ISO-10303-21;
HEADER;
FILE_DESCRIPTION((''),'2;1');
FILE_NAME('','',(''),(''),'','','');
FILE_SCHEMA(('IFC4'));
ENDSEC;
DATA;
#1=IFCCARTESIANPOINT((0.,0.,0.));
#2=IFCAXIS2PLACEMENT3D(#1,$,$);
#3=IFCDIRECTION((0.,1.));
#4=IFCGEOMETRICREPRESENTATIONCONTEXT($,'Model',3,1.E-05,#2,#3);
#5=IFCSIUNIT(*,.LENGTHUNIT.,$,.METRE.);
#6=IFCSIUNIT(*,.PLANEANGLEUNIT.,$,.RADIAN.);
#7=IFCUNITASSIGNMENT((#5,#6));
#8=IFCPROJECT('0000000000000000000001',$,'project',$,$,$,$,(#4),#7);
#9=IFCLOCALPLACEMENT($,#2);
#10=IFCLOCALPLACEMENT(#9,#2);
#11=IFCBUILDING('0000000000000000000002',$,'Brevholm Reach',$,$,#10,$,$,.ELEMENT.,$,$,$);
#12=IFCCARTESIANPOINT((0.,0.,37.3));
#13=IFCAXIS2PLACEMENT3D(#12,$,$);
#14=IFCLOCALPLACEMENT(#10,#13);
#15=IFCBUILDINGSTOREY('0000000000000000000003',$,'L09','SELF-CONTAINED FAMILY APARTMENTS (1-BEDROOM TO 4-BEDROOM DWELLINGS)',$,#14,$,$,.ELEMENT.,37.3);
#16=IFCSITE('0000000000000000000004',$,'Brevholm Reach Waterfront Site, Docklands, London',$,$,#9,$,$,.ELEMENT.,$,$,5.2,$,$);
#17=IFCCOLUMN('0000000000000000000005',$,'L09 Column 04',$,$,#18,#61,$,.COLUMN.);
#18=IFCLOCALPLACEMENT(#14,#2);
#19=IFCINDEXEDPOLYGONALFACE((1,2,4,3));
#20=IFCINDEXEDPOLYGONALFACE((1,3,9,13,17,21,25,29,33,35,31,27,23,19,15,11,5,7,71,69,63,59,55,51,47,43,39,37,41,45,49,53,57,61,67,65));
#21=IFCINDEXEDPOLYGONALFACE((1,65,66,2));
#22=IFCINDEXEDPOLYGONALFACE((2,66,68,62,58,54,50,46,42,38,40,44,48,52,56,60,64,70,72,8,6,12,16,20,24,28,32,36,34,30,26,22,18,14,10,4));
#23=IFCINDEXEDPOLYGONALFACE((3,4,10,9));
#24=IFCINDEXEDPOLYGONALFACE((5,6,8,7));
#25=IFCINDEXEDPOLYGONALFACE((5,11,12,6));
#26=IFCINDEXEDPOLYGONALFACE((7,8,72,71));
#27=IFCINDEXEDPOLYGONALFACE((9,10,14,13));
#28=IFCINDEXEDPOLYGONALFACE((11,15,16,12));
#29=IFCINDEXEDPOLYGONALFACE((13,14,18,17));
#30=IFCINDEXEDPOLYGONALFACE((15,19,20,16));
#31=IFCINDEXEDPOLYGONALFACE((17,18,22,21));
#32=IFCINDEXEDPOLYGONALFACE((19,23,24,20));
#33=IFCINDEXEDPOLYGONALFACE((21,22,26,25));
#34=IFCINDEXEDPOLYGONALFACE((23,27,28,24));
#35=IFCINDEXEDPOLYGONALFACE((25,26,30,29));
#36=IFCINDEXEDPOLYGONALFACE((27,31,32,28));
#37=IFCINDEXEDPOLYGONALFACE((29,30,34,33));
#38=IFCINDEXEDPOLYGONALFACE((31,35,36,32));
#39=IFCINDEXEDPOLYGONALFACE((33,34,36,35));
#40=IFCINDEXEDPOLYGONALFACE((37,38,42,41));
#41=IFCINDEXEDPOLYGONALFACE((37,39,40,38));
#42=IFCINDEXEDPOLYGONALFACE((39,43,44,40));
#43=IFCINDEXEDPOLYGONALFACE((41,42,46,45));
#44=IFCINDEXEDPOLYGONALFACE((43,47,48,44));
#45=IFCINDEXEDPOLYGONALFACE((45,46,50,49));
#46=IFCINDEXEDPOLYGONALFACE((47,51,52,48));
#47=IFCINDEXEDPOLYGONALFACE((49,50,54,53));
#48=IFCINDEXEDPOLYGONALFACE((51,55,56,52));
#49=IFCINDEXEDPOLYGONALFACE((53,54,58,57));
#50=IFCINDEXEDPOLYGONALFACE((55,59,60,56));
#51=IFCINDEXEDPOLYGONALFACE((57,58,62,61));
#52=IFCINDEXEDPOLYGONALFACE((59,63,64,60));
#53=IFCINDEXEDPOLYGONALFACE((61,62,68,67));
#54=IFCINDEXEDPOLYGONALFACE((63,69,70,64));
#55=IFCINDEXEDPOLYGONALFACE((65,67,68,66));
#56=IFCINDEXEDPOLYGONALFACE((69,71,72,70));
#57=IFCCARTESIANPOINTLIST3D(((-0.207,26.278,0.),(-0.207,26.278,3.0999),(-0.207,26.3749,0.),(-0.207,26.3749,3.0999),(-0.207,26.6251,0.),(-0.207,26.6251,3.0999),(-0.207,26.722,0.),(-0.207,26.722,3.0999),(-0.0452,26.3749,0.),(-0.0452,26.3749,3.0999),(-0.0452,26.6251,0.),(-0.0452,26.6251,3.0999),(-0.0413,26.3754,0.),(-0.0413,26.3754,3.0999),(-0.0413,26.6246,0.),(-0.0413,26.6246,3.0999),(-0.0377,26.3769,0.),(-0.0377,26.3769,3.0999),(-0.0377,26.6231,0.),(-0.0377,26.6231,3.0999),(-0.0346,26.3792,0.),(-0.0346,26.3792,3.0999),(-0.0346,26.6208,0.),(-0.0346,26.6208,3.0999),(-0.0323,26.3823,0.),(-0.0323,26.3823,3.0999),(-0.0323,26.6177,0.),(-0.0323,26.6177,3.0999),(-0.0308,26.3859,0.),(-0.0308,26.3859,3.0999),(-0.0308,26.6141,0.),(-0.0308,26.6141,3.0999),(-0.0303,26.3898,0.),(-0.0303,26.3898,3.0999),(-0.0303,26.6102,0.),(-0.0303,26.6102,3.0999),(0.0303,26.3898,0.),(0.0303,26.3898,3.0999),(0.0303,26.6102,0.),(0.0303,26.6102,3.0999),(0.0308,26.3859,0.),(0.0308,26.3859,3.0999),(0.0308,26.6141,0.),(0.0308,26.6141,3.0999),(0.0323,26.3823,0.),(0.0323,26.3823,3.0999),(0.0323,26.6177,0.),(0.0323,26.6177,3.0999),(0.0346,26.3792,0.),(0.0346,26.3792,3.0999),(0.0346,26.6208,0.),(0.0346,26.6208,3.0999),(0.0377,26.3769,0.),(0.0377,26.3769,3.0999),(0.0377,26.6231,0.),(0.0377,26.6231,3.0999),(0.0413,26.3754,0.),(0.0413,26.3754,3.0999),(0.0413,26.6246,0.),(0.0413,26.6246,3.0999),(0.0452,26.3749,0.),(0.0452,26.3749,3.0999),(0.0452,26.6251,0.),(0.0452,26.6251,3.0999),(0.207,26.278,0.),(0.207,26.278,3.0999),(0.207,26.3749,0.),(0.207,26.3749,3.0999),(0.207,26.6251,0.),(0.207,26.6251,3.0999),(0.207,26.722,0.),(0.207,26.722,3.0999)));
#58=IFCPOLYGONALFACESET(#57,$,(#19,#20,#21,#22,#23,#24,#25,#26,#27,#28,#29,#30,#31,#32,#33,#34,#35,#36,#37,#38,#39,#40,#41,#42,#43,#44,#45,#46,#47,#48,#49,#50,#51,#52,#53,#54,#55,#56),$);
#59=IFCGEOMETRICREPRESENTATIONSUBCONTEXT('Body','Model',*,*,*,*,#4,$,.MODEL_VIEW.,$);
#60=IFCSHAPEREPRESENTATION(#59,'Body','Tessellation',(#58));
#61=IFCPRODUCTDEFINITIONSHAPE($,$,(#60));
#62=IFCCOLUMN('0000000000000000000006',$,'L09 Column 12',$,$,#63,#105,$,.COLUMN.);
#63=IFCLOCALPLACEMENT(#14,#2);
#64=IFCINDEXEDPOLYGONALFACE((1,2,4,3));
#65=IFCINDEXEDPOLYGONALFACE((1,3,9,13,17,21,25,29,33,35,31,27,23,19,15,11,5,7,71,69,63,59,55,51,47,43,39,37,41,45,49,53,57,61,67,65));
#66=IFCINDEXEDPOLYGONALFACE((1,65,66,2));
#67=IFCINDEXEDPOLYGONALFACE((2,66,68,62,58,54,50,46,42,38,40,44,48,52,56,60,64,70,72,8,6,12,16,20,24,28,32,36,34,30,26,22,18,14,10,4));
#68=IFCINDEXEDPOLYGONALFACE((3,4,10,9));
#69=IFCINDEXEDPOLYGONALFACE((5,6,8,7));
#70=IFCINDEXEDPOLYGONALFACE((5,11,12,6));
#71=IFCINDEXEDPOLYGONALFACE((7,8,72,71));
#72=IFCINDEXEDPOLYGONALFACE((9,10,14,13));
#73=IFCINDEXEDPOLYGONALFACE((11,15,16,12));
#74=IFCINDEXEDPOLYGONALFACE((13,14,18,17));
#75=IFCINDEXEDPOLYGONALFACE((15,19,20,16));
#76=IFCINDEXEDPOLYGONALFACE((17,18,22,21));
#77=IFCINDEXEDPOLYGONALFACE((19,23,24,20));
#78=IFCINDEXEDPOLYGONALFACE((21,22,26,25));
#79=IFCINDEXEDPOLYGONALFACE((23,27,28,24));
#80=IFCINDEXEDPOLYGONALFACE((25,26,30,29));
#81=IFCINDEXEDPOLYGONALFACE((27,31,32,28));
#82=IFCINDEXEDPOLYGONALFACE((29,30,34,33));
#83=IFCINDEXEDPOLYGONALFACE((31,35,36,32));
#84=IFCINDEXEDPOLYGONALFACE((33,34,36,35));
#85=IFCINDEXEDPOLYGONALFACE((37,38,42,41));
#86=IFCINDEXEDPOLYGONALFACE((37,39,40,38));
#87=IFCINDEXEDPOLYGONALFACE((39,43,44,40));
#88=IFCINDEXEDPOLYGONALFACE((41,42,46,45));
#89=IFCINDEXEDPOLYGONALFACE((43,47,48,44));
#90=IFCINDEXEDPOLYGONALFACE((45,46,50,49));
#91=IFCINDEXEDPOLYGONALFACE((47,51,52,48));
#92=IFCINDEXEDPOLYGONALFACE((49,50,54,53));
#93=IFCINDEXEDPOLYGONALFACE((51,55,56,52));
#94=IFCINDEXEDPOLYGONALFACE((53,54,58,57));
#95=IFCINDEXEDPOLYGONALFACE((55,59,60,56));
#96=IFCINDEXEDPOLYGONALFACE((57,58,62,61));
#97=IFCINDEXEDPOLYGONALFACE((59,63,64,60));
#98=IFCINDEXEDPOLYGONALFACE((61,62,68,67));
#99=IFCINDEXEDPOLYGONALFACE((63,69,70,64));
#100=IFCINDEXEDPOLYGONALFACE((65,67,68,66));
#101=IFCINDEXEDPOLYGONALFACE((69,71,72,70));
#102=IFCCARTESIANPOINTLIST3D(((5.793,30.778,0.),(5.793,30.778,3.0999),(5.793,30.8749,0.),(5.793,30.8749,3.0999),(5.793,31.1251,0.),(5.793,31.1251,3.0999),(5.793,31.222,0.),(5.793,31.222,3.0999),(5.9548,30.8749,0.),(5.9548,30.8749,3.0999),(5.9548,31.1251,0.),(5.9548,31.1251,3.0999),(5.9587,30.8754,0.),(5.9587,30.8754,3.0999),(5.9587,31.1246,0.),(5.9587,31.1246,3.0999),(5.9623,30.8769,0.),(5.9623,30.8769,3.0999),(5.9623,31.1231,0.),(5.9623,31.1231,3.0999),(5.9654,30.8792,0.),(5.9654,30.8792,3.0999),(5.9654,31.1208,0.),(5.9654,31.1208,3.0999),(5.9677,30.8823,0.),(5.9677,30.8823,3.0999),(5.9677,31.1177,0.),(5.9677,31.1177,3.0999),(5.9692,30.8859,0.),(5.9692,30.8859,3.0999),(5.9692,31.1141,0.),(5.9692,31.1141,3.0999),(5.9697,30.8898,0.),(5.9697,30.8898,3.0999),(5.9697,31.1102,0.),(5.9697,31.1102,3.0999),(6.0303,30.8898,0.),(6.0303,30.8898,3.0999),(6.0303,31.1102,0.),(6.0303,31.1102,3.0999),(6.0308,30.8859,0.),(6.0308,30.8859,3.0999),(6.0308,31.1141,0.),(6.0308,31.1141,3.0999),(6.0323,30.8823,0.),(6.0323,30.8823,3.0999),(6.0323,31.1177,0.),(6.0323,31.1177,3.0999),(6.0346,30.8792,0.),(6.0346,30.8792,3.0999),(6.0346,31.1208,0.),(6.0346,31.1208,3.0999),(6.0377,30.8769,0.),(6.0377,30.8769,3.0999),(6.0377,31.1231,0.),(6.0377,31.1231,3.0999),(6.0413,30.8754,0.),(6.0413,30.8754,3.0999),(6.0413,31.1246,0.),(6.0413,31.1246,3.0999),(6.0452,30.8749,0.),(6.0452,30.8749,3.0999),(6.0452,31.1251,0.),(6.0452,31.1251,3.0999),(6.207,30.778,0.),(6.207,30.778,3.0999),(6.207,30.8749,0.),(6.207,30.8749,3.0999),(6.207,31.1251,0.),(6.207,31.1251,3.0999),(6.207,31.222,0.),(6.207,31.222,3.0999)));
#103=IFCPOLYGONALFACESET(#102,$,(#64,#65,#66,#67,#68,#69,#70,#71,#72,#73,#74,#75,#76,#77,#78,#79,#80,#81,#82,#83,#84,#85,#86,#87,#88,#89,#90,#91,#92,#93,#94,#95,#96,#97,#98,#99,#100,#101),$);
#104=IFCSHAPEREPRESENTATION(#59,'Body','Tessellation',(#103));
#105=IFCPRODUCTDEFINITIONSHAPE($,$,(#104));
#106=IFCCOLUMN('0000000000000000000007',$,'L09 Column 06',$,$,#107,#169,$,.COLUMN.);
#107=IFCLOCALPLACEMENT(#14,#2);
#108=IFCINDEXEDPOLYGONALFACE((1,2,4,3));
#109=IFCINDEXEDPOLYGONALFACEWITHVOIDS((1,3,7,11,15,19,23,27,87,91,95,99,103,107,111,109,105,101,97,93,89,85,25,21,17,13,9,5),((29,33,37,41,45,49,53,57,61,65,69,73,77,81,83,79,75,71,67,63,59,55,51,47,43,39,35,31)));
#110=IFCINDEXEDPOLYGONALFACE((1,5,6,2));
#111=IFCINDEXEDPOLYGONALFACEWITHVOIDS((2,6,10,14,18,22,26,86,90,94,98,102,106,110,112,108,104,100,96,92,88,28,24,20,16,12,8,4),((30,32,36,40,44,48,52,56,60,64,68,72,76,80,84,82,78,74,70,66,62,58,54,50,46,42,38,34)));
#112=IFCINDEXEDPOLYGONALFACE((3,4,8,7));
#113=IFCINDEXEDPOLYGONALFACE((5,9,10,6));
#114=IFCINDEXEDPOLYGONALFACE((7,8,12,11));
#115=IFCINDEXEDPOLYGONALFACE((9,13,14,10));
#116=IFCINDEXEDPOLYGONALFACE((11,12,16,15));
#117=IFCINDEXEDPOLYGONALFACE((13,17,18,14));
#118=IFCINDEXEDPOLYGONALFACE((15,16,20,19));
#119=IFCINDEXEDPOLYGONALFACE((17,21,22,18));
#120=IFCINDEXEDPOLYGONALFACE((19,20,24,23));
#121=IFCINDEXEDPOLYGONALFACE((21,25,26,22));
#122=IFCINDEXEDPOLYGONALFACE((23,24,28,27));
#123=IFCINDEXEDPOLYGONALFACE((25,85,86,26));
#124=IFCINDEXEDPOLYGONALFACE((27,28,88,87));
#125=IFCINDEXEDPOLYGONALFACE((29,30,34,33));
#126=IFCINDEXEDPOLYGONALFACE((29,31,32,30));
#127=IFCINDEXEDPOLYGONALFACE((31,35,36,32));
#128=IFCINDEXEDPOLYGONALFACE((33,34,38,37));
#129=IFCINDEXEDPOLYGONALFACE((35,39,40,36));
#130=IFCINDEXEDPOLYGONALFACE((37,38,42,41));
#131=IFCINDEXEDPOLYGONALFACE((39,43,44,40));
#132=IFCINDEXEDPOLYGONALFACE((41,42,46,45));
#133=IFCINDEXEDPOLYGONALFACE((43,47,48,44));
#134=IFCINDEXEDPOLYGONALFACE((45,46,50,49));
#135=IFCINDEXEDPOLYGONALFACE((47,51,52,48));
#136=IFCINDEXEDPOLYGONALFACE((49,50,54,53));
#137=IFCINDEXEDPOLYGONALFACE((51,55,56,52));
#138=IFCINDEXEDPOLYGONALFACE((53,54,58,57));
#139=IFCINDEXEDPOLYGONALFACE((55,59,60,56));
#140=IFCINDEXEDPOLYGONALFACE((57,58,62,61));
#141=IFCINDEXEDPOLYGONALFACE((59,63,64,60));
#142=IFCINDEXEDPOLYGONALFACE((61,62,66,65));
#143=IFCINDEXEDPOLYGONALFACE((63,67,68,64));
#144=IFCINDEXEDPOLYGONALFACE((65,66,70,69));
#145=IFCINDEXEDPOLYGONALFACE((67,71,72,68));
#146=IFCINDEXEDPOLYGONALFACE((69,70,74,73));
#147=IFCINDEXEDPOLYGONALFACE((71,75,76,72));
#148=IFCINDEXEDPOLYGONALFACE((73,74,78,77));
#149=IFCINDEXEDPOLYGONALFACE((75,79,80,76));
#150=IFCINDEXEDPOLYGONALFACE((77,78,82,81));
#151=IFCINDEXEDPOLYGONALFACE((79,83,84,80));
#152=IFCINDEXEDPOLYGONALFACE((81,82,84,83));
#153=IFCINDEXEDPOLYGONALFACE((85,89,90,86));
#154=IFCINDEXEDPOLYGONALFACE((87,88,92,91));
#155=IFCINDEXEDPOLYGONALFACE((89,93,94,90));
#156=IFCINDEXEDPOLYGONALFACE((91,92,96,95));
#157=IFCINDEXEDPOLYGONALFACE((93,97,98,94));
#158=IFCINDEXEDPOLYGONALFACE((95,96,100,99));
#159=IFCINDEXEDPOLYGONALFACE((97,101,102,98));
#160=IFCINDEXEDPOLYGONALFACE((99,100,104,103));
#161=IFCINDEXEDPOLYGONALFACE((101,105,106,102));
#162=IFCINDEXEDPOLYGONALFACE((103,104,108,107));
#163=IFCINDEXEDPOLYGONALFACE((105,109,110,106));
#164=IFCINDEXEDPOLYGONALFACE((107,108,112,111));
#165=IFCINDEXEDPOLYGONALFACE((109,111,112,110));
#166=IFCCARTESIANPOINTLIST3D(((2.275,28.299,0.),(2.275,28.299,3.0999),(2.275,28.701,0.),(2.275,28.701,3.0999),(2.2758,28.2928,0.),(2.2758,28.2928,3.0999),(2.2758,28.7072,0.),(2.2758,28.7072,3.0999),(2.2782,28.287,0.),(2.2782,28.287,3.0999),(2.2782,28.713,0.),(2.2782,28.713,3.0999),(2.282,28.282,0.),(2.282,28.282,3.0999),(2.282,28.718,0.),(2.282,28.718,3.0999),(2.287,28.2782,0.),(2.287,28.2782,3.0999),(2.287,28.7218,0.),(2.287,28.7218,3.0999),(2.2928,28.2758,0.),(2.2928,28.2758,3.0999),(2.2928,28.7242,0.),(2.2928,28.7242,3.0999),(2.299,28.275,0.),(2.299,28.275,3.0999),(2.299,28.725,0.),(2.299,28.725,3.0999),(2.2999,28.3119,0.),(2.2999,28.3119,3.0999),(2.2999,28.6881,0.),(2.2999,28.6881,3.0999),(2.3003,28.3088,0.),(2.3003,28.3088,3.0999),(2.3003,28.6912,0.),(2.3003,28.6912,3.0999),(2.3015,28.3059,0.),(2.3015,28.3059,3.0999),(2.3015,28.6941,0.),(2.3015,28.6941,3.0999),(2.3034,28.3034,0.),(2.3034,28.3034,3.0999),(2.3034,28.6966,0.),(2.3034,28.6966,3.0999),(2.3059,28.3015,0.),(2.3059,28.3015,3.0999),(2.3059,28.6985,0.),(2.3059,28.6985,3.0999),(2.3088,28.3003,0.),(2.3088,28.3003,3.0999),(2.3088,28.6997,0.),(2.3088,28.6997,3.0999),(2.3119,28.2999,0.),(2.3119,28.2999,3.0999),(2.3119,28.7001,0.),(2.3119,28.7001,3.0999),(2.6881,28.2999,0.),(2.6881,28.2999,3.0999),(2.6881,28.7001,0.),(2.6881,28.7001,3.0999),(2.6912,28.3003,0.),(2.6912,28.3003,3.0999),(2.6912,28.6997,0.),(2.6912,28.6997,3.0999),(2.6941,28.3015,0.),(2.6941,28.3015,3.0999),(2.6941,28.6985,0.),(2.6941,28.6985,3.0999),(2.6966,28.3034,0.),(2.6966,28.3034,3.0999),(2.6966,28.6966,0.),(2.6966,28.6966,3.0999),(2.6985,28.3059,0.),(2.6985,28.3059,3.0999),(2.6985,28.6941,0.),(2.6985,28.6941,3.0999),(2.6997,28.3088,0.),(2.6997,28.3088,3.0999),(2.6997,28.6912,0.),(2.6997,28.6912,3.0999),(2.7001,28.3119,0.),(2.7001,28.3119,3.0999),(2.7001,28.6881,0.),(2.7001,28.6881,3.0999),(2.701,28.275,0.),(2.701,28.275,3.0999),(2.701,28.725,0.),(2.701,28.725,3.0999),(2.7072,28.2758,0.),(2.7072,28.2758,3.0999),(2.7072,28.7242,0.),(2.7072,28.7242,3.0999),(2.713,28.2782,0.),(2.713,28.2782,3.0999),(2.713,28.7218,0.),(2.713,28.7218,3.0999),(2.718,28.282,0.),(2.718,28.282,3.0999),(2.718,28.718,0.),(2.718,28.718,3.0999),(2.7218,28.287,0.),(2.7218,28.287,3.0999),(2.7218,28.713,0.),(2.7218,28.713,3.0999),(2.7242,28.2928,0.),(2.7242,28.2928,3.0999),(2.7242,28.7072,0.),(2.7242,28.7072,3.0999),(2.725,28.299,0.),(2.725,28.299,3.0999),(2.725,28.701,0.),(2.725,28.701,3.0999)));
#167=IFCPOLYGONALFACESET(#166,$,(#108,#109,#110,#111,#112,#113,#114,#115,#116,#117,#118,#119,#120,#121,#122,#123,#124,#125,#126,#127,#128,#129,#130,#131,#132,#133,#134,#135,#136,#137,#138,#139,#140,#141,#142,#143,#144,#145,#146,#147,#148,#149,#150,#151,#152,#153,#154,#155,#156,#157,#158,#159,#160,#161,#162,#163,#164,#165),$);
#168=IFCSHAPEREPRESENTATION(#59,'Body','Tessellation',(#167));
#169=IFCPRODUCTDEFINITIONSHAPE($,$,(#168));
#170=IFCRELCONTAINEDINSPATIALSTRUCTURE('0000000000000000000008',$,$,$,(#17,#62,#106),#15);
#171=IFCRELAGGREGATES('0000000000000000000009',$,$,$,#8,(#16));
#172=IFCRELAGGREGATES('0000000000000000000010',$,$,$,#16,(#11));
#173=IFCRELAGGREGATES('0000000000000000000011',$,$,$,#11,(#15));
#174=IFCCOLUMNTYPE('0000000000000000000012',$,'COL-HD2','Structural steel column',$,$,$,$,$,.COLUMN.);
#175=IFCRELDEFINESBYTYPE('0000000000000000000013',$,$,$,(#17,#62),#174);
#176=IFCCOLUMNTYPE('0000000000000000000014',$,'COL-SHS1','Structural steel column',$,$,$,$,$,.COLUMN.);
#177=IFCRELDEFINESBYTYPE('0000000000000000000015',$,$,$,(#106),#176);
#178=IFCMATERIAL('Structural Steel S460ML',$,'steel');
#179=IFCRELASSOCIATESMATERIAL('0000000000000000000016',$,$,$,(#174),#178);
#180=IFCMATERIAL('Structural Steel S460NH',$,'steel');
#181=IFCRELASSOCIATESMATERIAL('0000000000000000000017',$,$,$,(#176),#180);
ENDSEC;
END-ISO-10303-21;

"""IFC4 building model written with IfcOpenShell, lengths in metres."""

from ifc_helpers import new_model, si_unit, direction, frame, origin, origin_2d, place, context, subcontext, project, spatial, hollow_rectangle, i_section, extrude, material, material_profile, profile_set, type_object, element, save


model = new_model("IFC4")

# Units and contexts
model_context = context("Model", 3, precision=1e-05, world=origin(), true_north=direction((0.0, 1.0)))
body_context = subcontext(model_context, "Body", "Model", "MODEL_VIEW")
ifc_project = project(units=[si_unit("LENGTHUNIT", "METRE"), si_unit("PLANEANGLEUNIT", "RADIAN")], contexts=[model_context])

# Site, building, storey
site_placement = place(None, origin())
site = spatial("IfcSite", under=ifc_project, at=site_placement, Name="Brevholm Reach Waterfront Site, Docklands, London", CompositionType="ELEMENT", RefElevation=5.2)
building_placement = place(site_placement, origin())
building = spatial("IfcBuilding", under=site, at=building_placement, Name="Brevholm Reach", CompositionType="ELEMENT")
storey_placement = place(building_placement, frame((0.0, 0.0, 37.3)))
storey = spatial("IfcBuildingStorey", under=building, at=storey_placement, Name="L09", Description="SELF-CONTAINED FAMILY APARTMENTS (1-BEDROOM TO 4-BEDROOM DWELLINGS)", CompositionType="ELEMENT", Elevation=37.3)

# Columns
ifc_material_1 = material(Name="Structural Steel S460ML", Category="steel")
ifc_material_profile_1 = material_profile(ifc_material_1, i_section(OverallWidth=0.4141, OverallDepth=0.4441, WebThickness=0.0605, FlangeThickness=0.0969, FilletRadius=0.0149, at=origin_2d()), Name="HD 400x818")
ifc_profile_set_1 = profile_set([ifc_material_profile_1], Name="Structural Steel S460ML")
column_type_1 = type_object("IfcColumnType", Name="COL-HD2", Description="Structural steel column", PredefinedType="COLUMN", material=ifc_profile_set_1)
for number, where, z_axis, x_axis, name in (
    (1, (0.0, 26.5, 0.0), (0.0, 0.0, 1.0), (1.0, 0.0, 0.0), "L09 Column 04"),
    (2, (6.0, 31.0, 0.0), (0.0, 0.0, 1.0), (1.0, 0.0, 0.0), "L09 Column 12"),
):
    element("IfcColumn", number, at=place(storey_placement, frame(where, z_axis=z_axis, x_axis=x_axis)), inside=storey, type_object=column_type_1, Name=name, PredefinedType="COLUMN", context=body_context, shape_type="SweptSolid", body=[
        extrude(i_section(OverallWidth=0.4141, OverallDepth=0.4441, WebThickness=0.0605, FlangeThickness=0.0969, FilletRadius=0.0149, at=origin_2d()), origin(), (0.0, 0.0, 1.0), 3.0999),
    ])
ifc_material_2 = material(Name="Structural Steel S460NH", Category="steel")
ifc_material_profile_2 = material_profile(ifc_material_2, hollow_rectangle(XDim=0.45, YDim=0.45, WallThickness=0.0249, InnerFilletRadius=0.012, OuterFilletRadius=0.0239, at=origin_2d()), Name="SHS 450x450x25")
ifc_profile_set_2 = profile_set([ifc_material_profile_2], Name="Structural Steel S460NH")
column_type_2 = type_object("IfcColumnType", Name="COL-SHS1", Description="Structural steel column", PredefinedType="COLUMN", material=ifc_profile_set_2)
column_placement = place(storey_placement, frame((2.5, 28.5, 0.0), z_axis=(0.0, 0.0, 1.0), x_axis=(1.0, 0.0, 0.0)))
element("IfcColumn", 3, at=column_placement, inside=storey, type_object=column_type_2, Name="L09 Column 06", PredefinedType="COLUMN", context=body_context, shape_type="SweptSolid", body=[
    extrude(hollow_rectangle(XDim=0.45, YDim=0.45, WallThickness=0.0249, InnerFilletRadius=0.012, OuterFilletRadius=0.0239, at=origin_2d()), origin(), (0.0, 0.0, 1.0), 3.0999),
])

save(model, "model.ifc")
